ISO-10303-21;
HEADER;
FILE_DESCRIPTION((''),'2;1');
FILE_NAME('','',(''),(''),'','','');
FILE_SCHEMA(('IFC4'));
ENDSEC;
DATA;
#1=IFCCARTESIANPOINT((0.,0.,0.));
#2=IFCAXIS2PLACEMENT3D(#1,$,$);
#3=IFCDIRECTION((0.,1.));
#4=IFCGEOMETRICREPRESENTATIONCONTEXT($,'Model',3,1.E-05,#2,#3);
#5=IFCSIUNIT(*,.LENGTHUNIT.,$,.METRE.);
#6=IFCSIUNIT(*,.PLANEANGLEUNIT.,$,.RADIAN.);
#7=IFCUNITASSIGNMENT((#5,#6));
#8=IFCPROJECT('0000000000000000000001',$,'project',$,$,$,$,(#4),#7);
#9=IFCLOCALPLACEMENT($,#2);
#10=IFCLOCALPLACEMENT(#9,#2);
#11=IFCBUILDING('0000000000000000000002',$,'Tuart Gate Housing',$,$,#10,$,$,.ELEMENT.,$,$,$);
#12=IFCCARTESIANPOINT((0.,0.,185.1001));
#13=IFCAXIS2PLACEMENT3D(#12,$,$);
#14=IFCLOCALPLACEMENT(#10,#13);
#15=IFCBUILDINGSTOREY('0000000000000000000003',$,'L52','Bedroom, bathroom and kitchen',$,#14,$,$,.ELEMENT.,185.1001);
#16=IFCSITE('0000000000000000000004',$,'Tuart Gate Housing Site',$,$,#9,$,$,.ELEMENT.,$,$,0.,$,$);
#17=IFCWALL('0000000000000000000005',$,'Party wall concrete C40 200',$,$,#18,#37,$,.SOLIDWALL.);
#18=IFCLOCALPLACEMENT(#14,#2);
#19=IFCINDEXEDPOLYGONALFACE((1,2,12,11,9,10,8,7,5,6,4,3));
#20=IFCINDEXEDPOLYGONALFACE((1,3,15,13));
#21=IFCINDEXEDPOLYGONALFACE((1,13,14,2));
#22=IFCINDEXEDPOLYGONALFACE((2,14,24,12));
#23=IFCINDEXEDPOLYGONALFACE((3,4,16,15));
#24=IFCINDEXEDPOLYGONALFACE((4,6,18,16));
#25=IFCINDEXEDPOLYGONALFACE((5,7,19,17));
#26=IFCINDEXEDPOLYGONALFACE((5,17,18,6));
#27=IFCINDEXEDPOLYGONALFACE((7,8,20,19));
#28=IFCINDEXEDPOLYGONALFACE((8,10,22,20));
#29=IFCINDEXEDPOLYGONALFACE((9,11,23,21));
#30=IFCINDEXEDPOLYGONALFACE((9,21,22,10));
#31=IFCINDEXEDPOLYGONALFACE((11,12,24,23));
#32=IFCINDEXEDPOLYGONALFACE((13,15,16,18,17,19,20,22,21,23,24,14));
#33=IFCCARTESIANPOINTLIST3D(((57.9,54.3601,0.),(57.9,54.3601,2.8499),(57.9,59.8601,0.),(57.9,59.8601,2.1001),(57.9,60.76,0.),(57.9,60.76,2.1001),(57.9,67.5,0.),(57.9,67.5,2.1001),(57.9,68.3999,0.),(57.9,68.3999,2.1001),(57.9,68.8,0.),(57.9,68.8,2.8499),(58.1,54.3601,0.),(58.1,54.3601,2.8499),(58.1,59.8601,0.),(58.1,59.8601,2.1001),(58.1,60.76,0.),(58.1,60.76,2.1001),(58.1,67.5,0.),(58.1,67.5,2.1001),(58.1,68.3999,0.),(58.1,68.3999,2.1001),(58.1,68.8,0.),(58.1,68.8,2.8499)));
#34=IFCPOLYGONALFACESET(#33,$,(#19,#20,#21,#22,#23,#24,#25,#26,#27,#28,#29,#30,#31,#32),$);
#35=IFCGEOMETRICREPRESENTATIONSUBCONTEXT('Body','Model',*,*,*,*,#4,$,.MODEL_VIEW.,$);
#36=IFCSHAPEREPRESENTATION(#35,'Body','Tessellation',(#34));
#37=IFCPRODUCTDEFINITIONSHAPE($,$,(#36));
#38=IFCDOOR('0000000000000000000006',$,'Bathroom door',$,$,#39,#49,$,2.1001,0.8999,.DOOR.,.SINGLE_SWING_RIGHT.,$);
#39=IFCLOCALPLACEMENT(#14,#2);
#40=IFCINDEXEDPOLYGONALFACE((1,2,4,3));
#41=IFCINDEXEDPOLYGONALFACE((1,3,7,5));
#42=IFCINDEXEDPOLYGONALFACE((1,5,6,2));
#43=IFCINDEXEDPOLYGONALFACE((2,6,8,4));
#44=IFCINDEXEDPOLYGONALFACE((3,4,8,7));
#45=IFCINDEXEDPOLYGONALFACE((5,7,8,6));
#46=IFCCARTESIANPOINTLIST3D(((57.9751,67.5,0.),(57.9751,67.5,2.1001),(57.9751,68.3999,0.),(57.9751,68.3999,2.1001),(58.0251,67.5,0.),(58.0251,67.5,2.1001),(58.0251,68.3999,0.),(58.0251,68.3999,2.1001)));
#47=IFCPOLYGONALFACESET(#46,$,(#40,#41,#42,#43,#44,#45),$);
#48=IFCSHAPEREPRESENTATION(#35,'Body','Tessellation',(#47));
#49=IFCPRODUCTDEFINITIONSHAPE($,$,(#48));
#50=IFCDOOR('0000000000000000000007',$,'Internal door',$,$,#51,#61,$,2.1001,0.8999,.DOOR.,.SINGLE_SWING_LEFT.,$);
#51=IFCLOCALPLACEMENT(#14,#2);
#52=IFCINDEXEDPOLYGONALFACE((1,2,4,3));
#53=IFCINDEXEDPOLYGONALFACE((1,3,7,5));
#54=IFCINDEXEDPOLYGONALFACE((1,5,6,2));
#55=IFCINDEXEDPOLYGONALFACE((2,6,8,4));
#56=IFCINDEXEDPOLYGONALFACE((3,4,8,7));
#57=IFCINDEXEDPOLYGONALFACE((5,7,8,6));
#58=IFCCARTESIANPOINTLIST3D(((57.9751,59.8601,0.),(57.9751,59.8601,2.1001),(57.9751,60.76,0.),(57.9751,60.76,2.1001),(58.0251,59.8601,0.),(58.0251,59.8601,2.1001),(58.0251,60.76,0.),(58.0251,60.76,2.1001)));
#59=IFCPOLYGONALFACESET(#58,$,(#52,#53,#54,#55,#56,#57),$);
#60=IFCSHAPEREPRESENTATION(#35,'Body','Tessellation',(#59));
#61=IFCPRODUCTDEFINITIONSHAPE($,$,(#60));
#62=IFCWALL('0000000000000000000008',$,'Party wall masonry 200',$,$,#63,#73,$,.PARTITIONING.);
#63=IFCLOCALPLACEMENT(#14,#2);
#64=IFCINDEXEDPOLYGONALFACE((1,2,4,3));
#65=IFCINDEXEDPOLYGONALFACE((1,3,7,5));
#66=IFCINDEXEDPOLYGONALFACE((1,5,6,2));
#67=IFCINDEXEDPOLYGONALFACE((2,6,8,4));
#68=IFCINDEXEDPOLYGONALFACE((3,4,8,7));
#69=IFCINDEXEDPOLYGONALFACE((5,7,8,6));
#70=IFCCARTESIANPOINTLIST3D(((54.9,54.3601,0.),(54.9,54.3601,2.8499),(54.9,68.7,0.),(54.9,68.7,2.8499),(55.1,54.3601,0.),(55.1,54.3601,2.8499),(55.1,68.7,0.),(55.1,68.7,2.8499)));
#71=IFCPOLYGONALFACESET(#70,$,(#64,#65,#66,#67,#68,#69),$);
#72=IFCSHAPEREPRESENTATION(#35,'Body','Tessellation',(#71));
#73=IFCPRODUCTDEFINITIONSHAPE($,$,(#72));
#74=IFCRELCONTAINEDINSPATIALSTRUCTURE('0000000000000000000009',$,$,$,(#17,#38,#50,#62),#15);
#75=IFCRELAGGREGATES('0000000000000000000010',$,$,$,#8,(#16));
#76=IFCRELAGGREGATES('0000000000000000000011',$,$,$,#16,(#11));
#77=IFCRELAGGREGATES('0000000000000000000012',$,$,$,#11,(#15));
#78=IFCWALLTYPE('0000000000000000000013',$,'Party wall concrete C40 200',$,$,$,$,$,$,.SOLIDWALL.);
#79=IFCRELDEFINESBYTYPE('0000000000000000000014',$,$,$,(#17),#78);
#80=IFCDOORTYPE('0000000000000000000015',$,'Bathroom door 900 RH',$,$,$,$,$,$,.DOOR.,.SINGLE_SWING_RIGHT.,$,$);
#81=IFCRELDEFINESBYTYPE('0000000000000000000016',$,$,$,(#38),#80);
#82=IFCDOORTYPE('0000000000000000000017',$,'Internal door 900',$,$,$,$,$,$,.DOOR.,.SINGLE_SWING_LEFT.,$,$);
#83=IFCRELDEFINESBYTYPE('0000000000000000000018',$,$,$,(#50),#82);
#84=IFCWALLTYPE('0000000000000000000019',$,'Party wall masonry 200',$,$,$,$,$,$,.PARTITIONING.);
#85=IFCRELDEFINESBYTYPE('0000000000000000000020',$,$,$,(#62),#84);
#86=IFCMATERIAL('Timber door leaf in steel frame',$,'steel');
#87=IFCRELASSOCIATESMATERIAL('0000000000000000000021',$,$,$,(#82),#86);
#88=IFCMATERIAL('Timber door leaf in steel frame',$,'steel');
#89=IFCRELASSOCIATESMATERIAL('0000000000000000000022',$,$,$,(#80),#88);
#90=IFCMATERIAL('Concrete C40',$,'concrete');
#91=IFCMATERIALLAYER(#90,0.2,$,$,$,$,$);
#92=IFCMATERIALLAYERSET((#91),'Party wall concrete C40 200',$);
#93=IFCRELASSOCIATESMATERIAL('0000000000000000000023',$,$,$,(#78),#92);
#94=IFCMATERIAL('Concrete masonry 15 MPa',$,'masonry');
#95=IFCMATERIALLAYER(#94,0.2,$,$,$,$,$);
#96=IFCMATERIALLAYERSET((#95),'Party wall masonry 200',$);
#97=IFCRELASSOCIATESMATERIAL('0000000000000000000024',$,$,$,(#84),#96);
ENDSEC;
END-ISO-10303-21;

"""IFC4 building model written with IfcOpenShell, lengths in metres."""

from ifc_helpers import new_model, si_unit, direction, frame, frame_2d, origin, place, context, subcontext, project, spatial, rectangle, extrude, material, layer, layer_set, type_object, element, fill, save


model = new_model("IFC4")

# Units and contexts
model_context = context("Model", 3, precision=1e-05, world=origin(), true_north=direction((0.0, 1.0)))
body_context = subcontext(model_context, "Body", "Model", "MODEL_VIEW")
ifc_project = project(units=[si_unit("LENGTHUNIT", "METRE"), si_unit("PLANEANGLEUNIT", "RADIAN")], contexts=[model_context])

# Site, building, storey
site_placement = place(None, origin())
site = spatial("IfcSite", under=ifc_project, at=site_placement, Name="Tuart Gate Housing Site", CompositionType="ELEMENT", RefElevation=0.0)
building_placement = place(site_placement, origin())
building = spatial("IfcBuilding", under=site, at=building_placement, Name="Tuart Gate Housing", CompositionType="ELEMENT")
storey_placement = place(building_placement, frame((0.0, 0.0, 185.1001)))
storey = spatial("IfcBuildingStorey", under=building, at=storey_placement, Name="L52", Description="Bedroom, bathroom and kitchen", CompositionType="ELEMENT", Elevation=185.1001)

# Shared definitions
ifc_material_1 = material(Name="Timber door leaf in steel frame", Category="steel")
door_type_1 = type_object("IfcDoorType", Name="Internal door 900", OperationType="SINGLE_SWING_LEFT", PredefinedType="DOOR", material=ifc_material_1)

# Shared definitions
ifc_material_2 = material(Name="Timber door leaf in steel frame", Category="steel")
door_type_2 = type_object("IfcDoorType", Name="Bathroom door 900 RH", OperationType="SINGLE_SWING_RIGHT", PredefinedType="DOOR", material=ifc_material_2)

# Shared definitions
ifc_material_3 = material(Name="Concrete C40", Category="concrete")
ifc_layer_1 = layer(ifc_material_3, 0.2)
ifc_layer_set_1 = layer_set([ifc_layer_1], Name="Party wall concrete C40 200")
wall_type_1 = type_object("IfcWallType", Name="Party wall concrete C40 200", PredefinedType="SOLIDWALL", material=ifc_layer_set_1)

# Wall, openings, doors
wall_1_placement = place(storey_placement, frame((58.0, 54.3601, 0.0), z_axis=(0.0, 0.0, 1.0), x_axis=(0.0, 1.0, 0.0)))
wall_1 = element("IfcWall", 1, at=wall_1_placement, inside=storey, type_object=wall_type_1, Name="Party wall concrete C40 200", PredefinedType="SOLIDWALL", context=body_context, shape_type="SweptSolid", body=[
    extrude(rectangle(XDim=14.4399, YDim=0.2, at=frame_2d((7.22, 0.0))), origin(), (0.0, 0.0, 1.0), 2.8499),
])
opening_1_placement = place(wall_1_placement, frame((5.5, 0.0, 0.0)))
opening_1 = element("IfcOpeningElement", 2, at=opening_1_placement, cuts=wall_1, PredefinedType="OPENING", context=body_context, shape_type="SweptSolid", body=[
    extrude(rectangle(XDim=0.8999, YDim=2.1001, at=frame_2d((0.45, 1.05))), frame((0.0, 0.1099, 0.0), z_axis=(0.0, -1.0, 0.0), x_axis=(1.0, 0.0, 0.0)), (0.0, 0.0, 1.0), 0.22),
])
opening_2_placement = place(wall_1_placement, frame((13.1399, 0.0, 0.0)))
opening_2 = element("IfcOpeningElement", 3, at=opening_2_placement, cuts=wall_1, PredefinedType="OPENING", context=body_context, shape_type="SweptSolid", body=[
    extrude(rectangle(XDim=0.8999, YDim=2.1001, at=frame_2d((0.45, 1.05))), frame((0.0, 0.1099, 0.0), z_axis=(0.0, -1.0, 0.0), x_axis=(1.0, 0.0, 0.0)), (0.0, 0.0, 1.0), 0.22),
])
door_1_placement = place(opening_2_placement, origin())
door_1 = element("IfcDoor", 4, at=door_1_placement, inside=storey, type_object=door_type_2, Name="Bathroom door", OperationType="SINGLE_SWING_RIGHT", OverallHeight=2.1001, OverallWidth=0.8999, PredefinedType="DOOR", context=body_context, shape_type="SweptSolid", body=[
    extrude(rectangle(XDim=0.8999, YDim=2.1001, at=frame_2d((0.45, 1.05))), frame((0.0, 0.0249, 0.0), z_axis=(0.0, -1.0, 0.0), x_axis=(1.0, 0.0, 0.0)), (0.0, 0.0, 1.0), 0.05),
])
fill(opening_2, door_1)
door_2_placement = place(opening_1_placement, origin())
door_2 = element("IfcDoor", 5, at=door_2_placement, inside=storey, type_object=door_type_1, Name="Internal door", OperationType="SINGLE_SWING_LEFT", OverallHeight=2.1001, OverallWidth=0.8999, PredefinedType="DOOR", context=body_context, shape_type="SweptSolid", body=[
    extrude(rectangle(XDim=0.8999, YDim=2.1001, at=frame_2d((0.45, 1.05))), frame((0.0, 0.0249, 0.0), z_axis=(0.0, -1.0, 0.0), x_axis=(1.0, 0.0, 0.0)), (0.0, 0.0, 1.0), 0.05),
])
fill(opening_1, door_2)

# Wall
ifc_material_4 = material(Name="Concrete masonry 15 MPa", Category="masonry")
ifc_layer_2 = layer(ifc_material_4, 0.2)
ifc_layer_set_2 = layer_set([ifc_layer_2], Name="Party wall masonry 200")
wall_type_2 = type_object("IfcWallType", Name="Party wall masonry 200", PredefinedType="PARTITIONING", material=ifc_layer_set_2)
wall_2_placement = place(storey_placement, frame((55.0, 54.3601, 0.0), z_axis=(0.0, 0.0, 1.0), x_axis=(0.0, 1.0, 0.0)))
element("IfcWall", 6, at=wall_2_placement, inside=storey, type_object=wall_type_2, Name="Party wall masonry 200", PredefinedType="PARTITIONING", context=body_context, shape_type="SweptSolid", body=[
    extrude(rectangle(XDim=14.3398, YDim=0.2, at=frame_2d((7.1699, 0.0))), origin(), (0.0, 0.0, 1.0), 2.8499),
])

save(model, "model.ifc")
